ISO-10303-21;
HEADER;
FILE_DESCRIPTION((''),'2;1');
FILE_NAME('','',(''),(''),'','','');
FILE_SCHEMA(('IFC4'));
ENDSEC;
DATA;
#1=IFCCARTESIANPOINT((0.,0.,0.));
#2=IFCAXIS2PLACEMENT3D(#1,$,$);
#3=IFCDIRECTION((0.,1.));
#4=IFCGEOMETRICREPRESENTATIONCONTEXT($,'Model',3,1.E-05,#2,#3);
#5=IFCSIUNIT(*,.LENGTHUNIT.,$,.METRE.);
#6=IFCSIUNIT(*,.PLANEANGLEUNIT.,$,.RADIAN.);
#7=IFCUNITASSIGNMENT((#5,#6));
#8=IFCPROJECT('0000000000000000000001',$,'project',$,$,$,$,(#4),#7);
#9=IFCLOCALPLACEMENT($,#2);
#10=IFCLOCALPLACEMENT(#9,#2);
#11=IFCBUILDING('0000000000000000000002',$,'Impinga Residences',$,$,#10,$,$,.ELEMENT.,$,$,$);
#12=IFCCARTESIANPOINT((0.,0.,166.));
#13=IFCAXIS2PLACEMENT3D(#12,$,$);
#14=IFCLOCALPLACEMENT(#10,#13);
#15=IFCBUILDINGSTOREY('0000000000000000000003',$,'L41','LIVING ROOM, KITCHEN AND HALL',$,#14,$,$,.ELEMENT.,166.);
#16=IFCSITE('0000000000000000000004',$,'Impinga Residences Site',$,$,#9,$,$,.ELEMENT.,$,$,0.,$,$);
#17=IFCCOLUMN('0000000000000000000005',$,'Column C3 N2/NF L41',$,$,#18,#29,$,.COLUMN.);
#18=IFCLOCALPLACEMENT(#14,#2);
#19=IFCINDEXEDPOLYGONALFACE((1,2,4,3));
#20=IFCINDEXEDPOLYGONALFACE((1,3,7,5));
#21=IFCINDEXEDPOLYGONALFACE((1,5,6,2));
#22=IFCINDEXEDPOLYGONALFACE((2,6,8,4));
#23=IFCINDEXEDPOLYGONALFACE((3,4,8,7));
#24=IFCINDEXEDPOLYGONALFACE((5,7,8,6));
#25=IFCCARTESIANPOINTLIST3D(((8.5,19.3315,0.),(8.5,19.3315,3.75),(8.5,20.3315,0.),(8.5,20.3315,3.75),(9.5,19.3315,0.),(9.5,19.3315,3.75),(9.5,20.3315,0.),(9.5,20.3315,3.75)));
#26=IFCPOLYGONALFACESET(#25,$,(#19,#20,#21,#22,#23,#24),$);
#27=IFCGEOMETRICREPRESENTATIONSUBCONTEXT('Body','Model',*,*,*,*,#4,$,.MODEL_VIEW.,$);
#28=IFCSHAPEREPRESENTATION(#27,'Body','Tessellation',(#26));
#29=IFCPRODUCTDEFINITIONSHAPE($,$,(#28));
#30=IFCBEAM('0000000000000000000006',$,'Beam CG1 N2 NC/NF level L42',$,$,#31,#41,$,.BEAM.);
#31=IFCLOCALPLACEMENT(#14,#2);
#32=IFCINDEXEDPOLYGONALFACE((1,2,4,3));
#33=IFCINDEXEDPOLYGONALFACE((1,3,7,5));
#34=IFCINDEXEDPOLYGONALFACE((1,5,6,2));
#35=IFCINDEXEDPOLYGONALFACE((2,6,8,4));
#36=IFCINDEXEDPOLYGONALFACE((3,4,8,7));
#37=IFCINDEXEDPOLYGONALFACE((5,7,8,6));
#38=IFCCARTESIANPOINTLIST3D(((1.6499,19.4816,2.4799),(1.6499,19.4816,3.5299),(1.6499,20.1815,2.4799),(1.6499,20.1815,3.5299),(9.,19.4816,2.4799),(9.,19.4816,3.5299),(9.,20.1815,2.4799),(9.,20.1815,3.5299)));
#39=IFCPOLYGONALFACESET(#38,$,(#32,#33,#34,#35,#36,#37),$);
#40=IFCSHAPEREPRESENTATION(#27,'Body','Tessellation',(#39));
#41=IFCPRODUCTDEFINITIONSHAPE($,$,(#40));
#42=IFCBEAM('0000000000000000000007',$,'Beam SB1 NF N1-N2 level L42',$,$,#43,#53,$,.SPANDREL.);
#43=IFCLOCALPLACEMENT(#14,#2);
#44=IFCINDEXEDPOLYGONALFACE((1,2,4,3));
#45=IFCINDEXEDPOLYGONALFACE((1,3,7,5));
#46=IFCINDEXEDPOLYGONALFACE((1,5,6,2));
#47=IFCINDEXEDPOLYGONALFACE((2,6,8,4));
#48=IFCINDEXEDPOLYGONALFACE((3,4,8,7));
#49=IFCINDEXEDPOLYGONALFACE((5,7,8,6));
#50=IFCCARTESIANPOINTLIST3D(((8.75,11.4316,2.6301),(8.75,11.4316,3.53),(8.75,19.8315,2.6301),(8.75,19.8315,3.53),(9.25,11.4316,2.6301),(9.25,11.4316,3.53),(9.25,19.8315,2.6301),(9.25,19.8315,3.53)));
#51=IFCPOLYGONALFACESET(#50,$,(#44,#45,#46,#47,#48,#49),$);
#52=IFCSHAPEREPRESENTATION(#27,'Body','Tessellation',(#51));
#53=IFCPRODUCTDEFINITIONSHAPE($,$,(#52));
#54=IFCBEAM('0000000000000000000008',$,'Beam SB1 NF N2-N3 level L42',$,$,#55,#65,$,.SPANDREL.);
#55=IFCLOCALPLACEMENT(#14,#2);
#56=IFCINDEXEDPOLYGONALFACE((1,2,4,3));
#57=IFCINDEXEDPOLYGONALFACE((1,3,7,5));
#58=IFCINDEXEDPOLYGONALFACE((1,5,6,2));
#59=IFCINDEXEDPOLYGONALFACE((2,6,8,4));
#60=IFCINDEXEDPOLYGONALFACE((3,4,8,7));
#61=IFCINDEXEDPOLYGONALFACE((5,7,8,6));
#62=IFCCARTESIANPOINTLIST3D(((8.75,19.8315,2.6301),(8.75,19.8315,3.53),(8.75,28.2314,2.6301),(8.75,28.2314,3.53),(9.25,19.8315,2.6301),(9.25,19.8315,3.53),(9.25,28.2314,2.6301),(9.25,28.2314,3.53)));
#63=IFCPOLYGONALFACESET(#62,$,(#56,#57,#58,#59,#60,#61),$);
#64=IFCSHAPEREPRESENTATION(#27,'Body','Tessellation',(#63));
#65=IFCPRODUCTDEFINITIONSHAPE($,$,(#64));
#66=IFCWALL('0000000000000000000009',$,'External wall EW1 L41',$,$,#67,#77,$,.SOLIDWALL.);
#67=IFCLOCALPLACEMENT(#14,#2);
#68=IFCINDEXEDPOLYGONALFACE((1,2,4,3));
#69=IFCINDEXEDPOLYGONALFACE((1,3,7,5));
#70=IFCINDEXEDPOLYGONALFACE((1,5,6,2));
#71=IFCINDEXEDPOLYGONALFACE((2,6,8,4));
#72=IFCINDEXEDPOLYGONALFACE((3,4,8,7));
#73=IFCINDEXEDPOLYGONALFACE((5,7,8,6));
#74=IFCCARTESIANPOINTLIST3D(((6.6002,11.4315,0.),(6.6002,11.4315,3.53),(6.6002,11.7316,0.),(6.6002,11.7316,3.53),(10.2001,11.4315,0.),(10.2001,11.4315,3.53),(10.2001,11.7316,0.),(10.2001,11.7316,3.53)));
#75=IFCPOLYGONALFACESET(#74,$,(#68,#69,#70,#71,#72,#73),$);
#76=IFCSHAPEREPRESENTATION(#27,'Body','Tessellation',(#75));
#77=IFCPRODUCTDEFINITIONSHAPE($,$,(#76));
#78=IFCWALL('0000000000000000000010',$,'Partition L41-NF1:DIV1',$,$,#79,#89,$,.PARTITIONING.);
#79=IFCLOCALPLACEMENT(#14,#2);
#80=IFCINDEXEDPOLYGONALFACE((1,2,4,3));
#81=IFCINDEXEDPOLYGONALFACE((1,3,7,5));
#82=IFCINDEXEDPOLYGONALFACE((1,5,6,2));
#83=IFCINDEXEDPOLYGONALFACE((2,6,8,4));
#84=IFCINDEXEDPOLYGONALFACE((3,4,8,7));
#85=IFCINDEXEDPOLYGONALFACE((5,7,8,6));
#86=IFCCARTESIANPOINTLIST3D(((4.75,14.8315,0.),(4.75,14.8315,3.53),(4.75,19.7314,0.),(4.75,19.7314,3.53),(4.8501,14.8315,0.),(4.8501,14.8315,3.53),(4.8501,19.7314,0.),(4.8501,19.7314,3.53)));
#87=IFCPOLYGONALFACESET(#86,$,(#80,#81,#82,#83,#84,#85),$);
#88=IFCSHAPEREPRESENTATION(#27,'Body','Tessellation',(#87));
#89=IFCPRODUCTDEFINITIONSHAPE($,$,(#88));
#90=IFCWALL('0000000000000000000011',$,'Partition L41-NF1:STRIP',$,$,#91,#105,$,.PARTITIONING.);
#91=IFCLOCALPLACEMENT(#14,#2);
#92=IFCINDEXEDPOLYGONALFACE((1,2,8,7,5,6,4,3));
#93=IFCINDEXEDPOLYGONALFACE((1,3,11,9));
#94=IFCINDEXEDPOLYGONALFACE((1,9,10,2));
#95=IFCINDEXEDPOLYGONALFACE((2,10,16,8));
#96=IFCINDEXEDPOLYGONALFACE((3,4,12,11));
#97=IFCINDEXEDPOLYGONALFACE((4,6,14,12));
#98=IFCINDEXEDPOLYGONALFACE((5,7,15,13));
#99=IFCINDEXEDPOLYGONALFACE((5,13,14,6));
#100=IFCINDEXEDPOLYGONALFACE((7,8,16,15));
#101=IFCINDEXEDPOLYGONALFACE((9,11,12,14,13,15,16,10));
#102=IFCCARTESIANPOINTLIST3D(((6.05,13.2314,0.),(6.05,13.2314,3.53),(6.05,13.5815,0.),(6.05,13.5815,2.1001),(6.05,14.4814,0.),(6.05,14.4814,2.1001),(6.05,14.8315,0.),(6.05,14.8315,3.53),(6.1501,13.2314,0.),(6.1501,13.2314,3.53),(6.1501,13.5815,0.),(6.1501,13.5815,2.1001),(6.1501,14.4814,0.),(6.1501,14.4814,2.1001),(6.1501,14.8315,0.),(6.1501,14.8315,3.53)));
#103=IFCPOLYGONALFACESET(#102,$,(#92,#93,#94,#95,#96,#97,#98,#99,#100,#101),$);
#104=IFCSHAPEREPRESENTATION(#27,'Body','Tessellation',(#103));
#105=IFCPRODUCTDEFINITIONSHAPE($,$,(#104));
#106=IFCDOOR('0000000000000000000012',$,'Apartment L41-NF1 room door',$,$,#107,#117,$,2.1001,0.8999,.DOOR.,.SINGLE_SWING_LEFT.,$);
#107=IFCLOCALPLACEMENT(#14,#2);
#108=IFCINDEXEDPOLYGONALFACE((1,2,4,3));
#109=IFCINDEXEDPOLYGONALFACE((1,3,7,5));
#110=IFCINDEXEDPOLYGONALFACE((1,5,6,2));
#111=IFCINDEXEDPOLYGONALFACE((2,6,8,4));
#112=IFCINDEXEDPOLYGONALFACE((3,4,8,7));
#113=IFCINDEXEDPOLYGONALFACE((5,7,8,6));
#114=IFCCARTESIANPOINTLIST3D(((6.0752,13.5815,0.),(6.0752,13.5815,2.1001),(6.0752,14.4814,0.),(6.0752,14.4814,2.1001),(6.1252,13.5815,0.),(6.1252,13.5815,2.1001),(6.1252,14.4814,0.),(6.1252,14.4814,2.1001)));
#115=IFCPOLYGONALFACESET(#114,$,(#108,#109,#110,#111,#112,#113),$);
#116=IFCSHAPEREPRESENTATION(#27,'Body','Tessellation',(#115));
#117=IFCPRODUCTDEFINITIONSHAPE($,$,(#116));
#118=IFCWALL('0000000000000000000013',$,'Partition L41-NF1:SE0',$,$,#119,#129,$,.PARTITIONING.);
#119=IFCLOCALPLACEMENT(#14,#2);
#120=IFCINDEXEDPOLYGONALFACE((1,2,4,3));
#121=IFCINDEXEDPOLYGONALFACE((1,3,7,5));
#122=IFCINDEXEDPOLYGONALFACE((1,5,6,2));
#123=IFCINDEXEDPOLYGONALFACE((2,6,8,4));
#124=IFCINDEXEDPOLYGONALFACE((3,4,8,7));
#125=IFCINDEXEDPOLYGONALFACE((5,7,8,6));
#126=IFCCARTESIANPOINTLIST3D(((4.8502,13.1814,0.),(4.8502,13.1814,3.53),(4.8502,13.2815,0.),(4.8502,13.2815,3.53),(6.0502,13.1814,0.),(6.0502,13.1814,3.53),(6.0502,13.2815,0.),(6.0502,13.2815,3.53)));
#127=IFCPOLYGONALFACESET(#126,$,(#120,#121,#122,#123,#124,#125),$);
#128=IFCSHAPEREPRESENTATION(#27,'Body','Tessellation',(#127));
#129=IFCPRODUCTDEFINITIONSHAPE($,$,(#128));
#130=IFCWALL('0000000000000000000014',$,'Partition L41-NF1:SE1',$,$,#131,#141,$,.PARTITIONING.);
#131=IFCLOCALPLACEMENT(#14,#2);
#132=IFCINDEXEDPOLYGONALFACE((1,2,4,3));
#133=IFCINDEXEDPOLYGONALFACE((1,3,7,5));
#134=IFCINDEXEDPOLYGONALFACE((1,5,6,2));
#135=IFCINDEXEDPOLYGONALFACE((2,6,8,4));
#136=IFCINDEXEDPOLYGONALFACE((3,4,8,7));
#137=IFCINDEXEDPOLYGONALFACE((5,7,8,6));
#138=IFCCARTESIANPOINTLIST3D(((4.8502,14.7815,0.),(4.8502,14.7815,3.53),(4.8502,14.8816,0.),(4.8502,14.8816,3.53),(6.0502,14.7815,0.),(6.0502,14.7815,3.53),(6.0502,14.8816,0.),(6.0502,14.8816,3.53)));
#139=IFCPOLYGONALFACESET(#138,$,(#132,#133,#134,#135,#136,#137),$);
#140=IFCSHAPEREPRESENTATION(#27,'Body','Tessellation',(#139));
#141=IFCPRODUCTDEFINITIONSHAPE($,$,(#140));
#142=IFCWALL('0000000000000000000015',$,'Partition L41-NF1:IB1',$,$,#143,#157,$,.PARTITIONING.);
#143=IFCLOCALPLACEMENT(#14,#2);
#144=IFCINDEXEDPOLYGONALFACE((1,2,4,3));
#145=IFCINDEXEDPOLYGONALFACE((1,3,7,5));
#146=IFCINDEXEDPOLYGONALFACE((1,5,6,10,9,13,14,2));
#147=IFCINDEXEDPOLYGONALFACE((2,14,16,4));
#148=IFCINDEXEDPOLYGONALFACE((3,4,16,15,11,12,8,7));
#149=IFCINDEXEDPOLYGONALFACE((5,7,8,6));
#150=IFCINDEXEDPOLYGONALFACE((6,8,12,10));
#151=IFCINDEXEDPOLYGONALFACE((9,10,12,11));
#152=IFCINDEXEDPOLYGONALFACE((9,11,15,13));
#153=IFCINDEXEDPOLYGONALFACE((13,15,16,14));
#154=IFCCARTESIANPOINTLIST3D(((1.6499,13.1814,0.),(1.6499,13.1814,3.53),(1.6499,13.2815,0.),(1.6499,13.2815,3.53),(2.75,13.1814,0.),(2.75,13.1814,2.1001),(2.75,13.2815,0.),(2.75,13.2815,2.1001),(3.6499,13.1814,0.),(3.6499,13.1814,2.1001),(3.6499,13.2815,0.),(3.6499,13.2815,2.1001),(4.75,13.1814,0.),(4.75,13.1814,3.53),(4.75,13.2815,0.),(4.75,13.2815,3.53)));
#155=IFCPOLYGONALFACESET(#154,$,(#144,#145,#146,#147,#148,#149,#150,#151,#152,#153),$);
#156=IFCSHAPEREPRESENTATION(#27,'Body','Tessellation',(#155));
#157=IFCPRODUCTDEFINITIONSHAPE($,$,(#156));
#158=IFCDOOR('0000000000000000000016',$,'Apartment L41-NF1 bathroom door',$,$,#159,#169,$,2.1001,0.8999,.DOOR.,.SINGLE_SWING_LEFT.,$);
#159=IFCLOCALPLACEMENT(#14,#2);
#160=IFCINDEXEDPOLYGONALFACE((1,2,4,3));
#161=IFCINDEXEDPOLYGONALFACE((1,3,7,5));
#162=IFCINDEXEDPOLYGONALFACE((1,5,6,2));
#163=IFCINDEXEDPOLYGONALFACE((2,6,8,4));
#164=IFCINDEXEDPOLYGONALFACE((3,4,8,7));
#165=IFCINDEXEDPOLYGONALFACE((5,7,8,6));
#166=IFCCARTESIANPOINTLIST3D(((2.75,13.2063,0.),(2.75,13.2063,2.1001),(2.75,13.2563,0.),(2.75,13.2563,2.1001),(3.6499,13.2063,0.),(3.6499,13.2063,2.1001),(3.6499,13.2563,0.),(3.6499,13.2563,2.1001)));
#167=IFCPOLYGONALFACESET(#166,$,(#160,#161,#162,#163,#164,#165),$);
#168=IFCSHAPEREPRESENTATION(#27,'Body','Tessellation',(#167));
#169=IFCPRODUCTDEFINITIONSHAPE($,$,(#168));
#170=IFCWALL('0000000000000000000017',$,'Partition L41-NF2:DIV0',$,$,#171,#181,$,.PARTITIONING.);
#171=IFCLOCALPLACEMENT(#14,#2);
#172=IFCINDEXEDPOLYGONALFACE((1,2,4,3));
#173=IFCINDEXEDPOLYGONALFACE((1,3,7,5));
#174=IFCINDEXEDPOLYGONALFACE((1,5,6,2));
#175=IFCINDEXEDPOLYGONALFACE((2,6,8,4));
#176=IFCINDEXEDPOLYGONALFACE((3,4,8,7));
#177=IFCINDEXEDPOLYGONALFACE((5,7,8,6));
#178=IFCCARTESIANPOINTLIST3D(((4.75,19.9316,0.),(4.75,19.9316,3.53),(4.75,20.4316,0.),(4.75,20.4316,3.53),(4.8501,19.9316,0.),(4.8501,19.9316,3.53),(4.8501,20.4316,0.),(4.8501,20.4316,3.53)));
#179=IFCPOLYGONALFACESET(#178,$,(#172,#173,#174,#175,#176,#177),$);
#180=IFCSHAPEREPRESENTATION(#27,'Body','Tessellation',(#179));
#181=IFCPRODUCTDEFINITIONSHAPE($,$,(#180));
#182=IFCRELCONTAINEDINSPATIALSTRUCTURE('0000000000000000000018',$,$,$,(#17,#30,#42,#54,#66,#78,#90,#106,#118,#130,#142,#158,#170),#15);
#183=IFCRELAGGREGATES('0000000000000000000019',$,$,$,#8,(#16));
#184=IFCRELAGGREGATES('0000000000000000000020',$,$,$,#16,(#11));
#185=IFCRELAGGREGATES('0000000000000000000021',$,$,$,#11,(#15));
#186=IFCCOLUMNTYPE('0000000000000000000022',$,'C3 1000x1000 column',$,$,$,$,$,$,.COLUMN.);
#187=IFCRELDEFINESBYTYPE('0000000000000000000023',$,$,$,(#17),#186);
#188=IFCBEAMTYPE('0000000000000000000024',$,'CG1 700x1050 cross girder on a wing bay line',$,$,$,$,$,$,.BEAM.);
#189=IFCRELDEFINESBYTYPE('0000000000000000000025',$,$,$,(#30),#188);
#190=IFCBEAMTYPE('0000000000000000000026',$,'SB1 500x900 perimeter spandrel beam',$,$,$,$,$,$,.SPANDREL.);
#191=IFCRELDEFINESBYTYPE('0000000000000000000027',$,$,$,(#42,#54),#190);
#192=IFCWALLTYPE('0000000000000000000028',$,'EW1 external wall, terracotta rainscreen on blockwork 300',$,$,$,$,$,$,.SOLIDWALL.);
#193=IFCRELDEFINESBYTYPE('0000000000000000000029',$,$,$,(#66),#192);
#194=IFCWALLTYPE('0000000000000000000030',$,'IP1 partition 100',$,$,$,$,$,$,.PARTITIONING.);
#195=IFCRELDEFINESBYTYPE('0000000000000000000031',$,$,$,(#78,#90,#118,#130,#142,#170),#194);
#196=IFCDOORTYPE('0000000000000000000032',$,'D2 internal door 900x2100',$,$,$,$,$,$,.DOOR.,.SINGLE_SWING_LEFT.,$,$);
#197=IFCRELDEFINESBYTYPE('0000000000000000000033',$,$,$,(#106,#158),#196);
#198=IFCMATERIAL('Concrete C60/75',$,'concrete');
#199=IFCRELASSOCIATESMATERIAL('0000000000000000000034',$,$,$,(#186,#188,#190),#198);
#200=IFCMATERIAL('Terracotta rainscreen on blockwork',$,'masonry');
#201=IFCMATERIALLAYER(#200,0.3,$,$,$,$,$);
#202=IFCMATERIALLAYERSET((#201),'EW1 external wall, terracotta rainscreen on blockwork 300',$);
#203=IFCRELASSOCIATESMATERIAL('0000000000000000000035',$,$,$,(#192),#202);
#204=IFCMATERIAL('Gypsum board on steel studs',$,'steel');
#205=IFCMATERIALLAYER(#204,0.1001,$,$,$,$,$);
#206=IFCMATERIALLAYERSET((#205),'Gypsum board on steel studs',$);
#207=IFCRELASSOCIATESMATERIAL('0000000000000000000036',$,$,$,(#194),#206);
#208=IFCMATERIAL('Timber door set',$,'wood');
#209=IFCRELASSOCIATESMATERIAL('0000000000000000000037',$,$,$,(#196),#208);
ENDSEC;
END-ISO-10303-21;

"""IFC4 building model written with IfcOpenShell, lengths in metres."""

from ifc_helpers import new_model, si_unit, direction, frame, frame_2d, origin, origin_2d, place, context, subcontext, project, spatial, rectangle, extrude, material, layer, layer_set, material_profile, profile_set, type_object, element, fill, save


model = new_model("IFC4")

# Units and contexts
model_context = context("Model", 3, precision=1e-05, world=origin(), true_north=direction((0.0, 1.0)))
body_context = subcontext(model_context, "Body", "Model", "MODEL_VIEW")
ifc_project = project(units=[si_unit("LENGTHUNIT", "METRE"), si_unit("PLANEANGLEUNIT", "RADIAN")], contexts=[model_context])

# Site, building, storey
site_placement = place(None, origin())
site = spatial("IfcSite", under=ifc_project, at=site_placement, Name="Impinga Residences Site", CompositionType="ELEMENT", RefElevation=0.0)
building_placement = place(site_placement, origin())
building = spatial("IfcBuilding", under=site, at=building_placement, Name="Impinga Residences", CompositionType="ELEMENT")
storey_placement = place(building_placement, frame((0.0, 0.0, 166.0)))
storey = spatial("IfcBuildingStorey", under=building, at=storey_placement, Name="L41", Description="LIVING ROOM, KITCHEN AND HALL", CompositionType="ELEMENT", Elevation=166.0)

# Column
ifc_material_1 = material(Name="Concrete C60/75", Category="concrete")
ifc_material_profile_1 = material_profile(ifc_material_1, rectangle(XDim=1.0, YDim=1.0, at=origin_2d()), Name="RC 1000x1000")
ifc_profile_set_1 = profile_set([ifc_material_profile_1], Name="Concrete C60/75")
column_type = type_object("IfcColumnType", Name="C3 1000x1000 column", PredefinedType="COLUMN", material=ifc_profile_set_1)
column_placement = place(storey_placement, frame((9.0, 19.8315, 0.0), z_axis=(0.0, 0.0, 1.0), x_axis=(1.0, 0.0, 0.0)))
element("IfcColumn", 1, at=column_placement, inside=storey, type_object=column_type, Name="Column C3 N2/NF L41", PredefinedType="COLUMN", context=body_context, shape_type="SweptSolid", body=[
    extrude(rectangle(XDim=1.0, YDim=1.0, at=origin_2d()), origin(), (0.0, 0.0, 1.0), 3.75),
])

# Beams
ifc_material_profile_2 = material_profile(ifc_material_1, rectangle(XDim=0.7, YDim=1.05, at=origin_2d()), Name="RC 700x1050")
ifc_profile_set_2 = profile_set([ifc_material_profile_2], Name="Concrete C60/75")
beam_type_1 = type_object("IfcBeamType", Name="CG1 700x1050 cross girder on a wing bay line", PredefinedType="BEAM", material=ifc_profile_set_2)
beam_placement = place(storey_placement, frame((1.6499, 19.8315, 3.0049), z_axis=(1.0, 0.0, 0.0), x_axis=(0.0, 1.0, 0.0)))
element("IfcBeam", 2, at=beam_placement, inside=storey, type_object=beam_type_1, Name="Beam CG1 N2 NC/NF level L42", PredefinedType="BEAM", context=body_context, shape_type="SweptSolid", body=[
    extrude(rectangle(XDim=0.7, YDim=1.05, at=origin_2d()), origin(), (0.0, 0.0, 1.0), 7.3501),
])
ifc_material_profile_3 = material_profile(ifc_material_1, rectangle(XDim=0.5, YDim=0.8999, at=origin_2d()), Name="RC 500x900")
ifc_profile_set_3 = profile_set([ifc_material_profile_3], Name="Concrete C60/75")
beam_type_2 = type_object("IfcBeamType", Name="SB1 500x900 perimeter spandrel beam", PredefinedType="SPANDREL", material=ifc_profile_set_3)
for number, where, z_axis, x_axis, name in (
    (3, (9.0, 11.4316, 3.0801), (0.0, 1.0, 0.0), (-1.0, 0.0, 0.0), "Beam SB1 NF N1-N2 level L42"),
    (4, (9.0, 19.8315, 3.0801), (0.0, 1.0, 0.0), (-1.0, 0.0, 0.0), "Beam SB1 NF N2-N3 level L42"),
):
    element("IfcBeam", number, at=place(storey_placement, frame(where, z_axis=z_axis, x_axis=x_axis)), inside=storey, type_object=beam_type_2, Name=name, PredefinedType="SPANDREL", context=body_context, shape_type="SweptSolid", body=[
        extrude(rectangle(XDim=0.5, YDim=0.8999, at=origin_2d()), origin(), (0.0, 0.0, 1.0), 8.3999),
    ])

# Walls
ifc_material_2 = material(Name="Terracotta rainscreen on blockwork", Category="masonry")
ifc_layer_1 = layer(ifc_material_2, 0.3)
ifc_layer_set_1 = layer_set([ifc_layer_1], Name="EW1 external wall, terracotta rainscreen on blockwork 300")
wall_type_1 = type_object("IfcWallType", Name="EW1 external wall, terracotta rainscreen on blockwork 300", PredefinedType="SOLIDWALL", material=ifc_layer_set_1)
wall_1_placement = place(storey_placement, frame((10.2, 11.5815, 0.0), z_axis=(0.0, 0.0, 1.0), x_axis=(-1.0, 0.0, 0.0)))
element("IfcWall", 5, at=wall_1_placement, inside=storey, type_object=wall_type_1, Name="External wall EW1 L41", PredefinedType="SOLIDWALL", context=body_context, shape_type="SweptSolid", body=[
    extrude(rectangle(XDim=3.5999, YDim=0.3, at=frame_2d((1.7998, 0.0))), origin(), (0.0, 0.0, 1.0), 3.53),
])
ifc_material_3 = material(Name="Gypsum board on steel studs", Category="steel")
ifc_layer_2 = layer(ifc_material_3, 0.1001)
ifc_layer_set_2 = layer_set([ifc_layer_2], Name="Gypsum board on steel studs")
wall_type_2 = type_object("IfcWallType", Name="IP1 partition 100", PredefinedType="PARTITIONING", material=ifc_layer_set_2)
wall_2_placement = place(storey_placement, frame((4.8, 14.8315, 0.0), z_axis=(0.0, 0.0, 1.0), x_axis=(0.0, 1.0, 0.0)))
element("IfcWall", 6, at=wall_2_placement, inside=storey, type_object=wall_type_2, Name="Partition L41-NF1:DIV1", PredefinedType="PARTITIONING", context=body_context, shape_type="SweptSolid", body=[
    extrude(rectangle(XDim=4.8999, YDim=0.1001, at=frame_2d((2.45, 0.0))), origin(), (0.0, 0.0, 1.0), 3.53),
])

# Wall, opening, door
wall_3_placement = place(storey_placement, frame((6.1001, 13.2314, 0.0), z_axis=(0.0, 0.0, 1.0), x_axis=(0.0, 1.0, 0.0)))
wall_3 = element("IfcWall", 7, at=wall_3_placement, inside=storey, type_object=wall_type_2, Name="Partition L41-NF1:STRIP", PredefinedType="PARTITIONING", context=body_context, shape_type="SweptSolid", body=[
    extrude(rectangle(XDim=1.6001, YDim=0.1001, at=frame_2d((0.8, 0.0))), origin(), (0.0, 0.0, 1.0), 3.53),
])
opening_1_placement = place(wall_3_placement, frame((0.3501, 0.0, 0.0)))
opening_1 = element("IfcOpeningElement", 8, at=opening_1_placement, cuts=wall_3, PredefinedType="OPENING", context=body_context, shape_type="SweptSolid", body=[
    extrude(rectangle(XDim=0.8999, YDim=2.1001, at=frame_2d((0.45, 1.05))), frame((0.0, 0.0601, 0.0), z_axis=(0.0, -1.0, 0.0), x_axis=(1.0, 0.0, 0.0)), (0.0, 0.0, 1.0), 0.1201),
])
ifc_material_4 = material(Name="Timber door set", Category="wood")
door_type = type_object("IfcDoorType", Name="D2 internal door 900x2100", OperationType="SINGLE_SWING_LEFT", PredefinedType="DOOR", material=ifc_material_4)
door_1_placement = place(opening_1_placement, origin())
door_1 = element("IfcDoor", 9, at=door_1_placement, inside=storey, type_object=door_type, Name="Apartment L41-NF1 room door", OperationType="SINGLE_SWING_LEFT", OverallHeight=2.1001, OverallWidth=0.8999, PredefinedType="DOOR", context=body_context, shape_type="SweptSolid", body=[
    extrude(rectangle(XDim=0.8999, YDim=2.1001, at=frame_2d((0.45, 1.05))), frame((0.0, 0.0249, 0.0), z_axis=(0.0, -1.0, 0.0), x_axis=(1.0, 0.0, 0.0)), (0.0, 0.0, 1.0), 0.05),
])
fill(opening_1, door_1)

# Walls
for number, where, z_axis, x_axis, name in (
    (10, (4.8501, 13.2314, 0.0), (0.0, 0.0, 1.0), (1.0, 0.0, 0.0), "Partition L41-NF1:SE0"),
    (11, (4.8501, 14.8315, 0.0), (0.0, 0.0, 1.0), (1.0, 0.0, 0.0), "Partition L41-NF1:SE1"),
):
    element("IfcWall", number, at=place(storey_placement, frame(where, z_axis=z_axis, x_axis=x_axis)), inside=storey, type_object=wall_type_2, Name=name, PredefinedType="PARTITIONING", context=body_context, shape_type="SweptSolid", body=[
        extrude(rectangle(XDim=1.2, YDim=0.1001, at=frame_2d((0.6001, 0.0))), origin(), (0.0, 0.0, 1.0), 3.53),
    ])

# Wall, opening, door
wall_4_placement = place(storey_placement, frame((1.6499, 13.2314, 0.0), z_axis=(0.0, 0.0, 1.0), x_axis=(1.0, 0.0, 0.0)))
wall_4 = element("IfcWall", 12, at=wall_4_placement, inside=storey, type_object=wall_type_2, Name="Partition L41-NF1:IB1", PredefinedType="PARTITIONING", context=body_context, shape_type="SweptSolid", body=[
    extrude(rectangle(XDim=3.1001, YDim=0.1001, at=frame_2d((1.55, 0.0))), origin(), (0.0, 0.0, 1.0), 3.53),
])
opening_2_placement = place(wall_4_placement, frame((1.1001, 0.0, 0.0)))
opening_2 = element("IfcOpeningElement", 13, at=opening_2_placement, cuts=wall_4, PredefinedType="OPENING", context=body_context, shape_type="SweptSolid", body=[
    extrude(rectangle(XDim=0.8999, YDim=2.1001, at=frame_2d((0.45, 1.05))), frame((0.0, 0.0601, 0.0), z_axis=(0.0, -1.0, 0.0), x_axis=(1.0, 0.0, 0.0)), (0.0, 0.0, 1.0), 0.1201),
])
door_2_placement = place(opening_2_placement, origin())
door_2 = element("IfcDoor", 14, at=door_2_placement, inside=storey, type_object=door_type, Name="Apartment L41-NF1 bathroom door", OperationType="SINGLE_SWING_LEFT", OverallHeight=2.1001, OverallWidth=0.8999, PredefinedType="DOOR", context=body_context, shape_type="SweptSolid", body=[
    extrude(rectangle(XDim=0.8999, YDim=2.1001, at=frame_2d((0.45, 1.05))), frame((0.0, 0.0249, 0.0), z_axis=(0.0, -1.0, 0.0), x_axis=(1.0, 0.0, 0.0)), (0.0, 0.0, 1.0), 0.05),
])
fill(opening_2, door_2)

# Wall
wall_5_placement = place(storey_placement, frame((4.8, 19.9316, 0.0), z_axis=(0.0, 0.0, 1.0), x_axis=(0.0, 1.0, 0.0)))
element("IfcWall", 15, at=wall_5_placement, inside=storey, type_object=wall_type_2, Name="Partition L41-NF2:DIV0", PredefinedType="PARTITIONING", context=body_context, shape_type="SweptSolid", body=[
    extrude(rectangle(XDim=0.5, YDim=0.1001, at=frame_2d((0.25, 0.0))), origin(), (0.0, 0.0, 1.0), 3.53),
])

save(model, "model.ifc")
